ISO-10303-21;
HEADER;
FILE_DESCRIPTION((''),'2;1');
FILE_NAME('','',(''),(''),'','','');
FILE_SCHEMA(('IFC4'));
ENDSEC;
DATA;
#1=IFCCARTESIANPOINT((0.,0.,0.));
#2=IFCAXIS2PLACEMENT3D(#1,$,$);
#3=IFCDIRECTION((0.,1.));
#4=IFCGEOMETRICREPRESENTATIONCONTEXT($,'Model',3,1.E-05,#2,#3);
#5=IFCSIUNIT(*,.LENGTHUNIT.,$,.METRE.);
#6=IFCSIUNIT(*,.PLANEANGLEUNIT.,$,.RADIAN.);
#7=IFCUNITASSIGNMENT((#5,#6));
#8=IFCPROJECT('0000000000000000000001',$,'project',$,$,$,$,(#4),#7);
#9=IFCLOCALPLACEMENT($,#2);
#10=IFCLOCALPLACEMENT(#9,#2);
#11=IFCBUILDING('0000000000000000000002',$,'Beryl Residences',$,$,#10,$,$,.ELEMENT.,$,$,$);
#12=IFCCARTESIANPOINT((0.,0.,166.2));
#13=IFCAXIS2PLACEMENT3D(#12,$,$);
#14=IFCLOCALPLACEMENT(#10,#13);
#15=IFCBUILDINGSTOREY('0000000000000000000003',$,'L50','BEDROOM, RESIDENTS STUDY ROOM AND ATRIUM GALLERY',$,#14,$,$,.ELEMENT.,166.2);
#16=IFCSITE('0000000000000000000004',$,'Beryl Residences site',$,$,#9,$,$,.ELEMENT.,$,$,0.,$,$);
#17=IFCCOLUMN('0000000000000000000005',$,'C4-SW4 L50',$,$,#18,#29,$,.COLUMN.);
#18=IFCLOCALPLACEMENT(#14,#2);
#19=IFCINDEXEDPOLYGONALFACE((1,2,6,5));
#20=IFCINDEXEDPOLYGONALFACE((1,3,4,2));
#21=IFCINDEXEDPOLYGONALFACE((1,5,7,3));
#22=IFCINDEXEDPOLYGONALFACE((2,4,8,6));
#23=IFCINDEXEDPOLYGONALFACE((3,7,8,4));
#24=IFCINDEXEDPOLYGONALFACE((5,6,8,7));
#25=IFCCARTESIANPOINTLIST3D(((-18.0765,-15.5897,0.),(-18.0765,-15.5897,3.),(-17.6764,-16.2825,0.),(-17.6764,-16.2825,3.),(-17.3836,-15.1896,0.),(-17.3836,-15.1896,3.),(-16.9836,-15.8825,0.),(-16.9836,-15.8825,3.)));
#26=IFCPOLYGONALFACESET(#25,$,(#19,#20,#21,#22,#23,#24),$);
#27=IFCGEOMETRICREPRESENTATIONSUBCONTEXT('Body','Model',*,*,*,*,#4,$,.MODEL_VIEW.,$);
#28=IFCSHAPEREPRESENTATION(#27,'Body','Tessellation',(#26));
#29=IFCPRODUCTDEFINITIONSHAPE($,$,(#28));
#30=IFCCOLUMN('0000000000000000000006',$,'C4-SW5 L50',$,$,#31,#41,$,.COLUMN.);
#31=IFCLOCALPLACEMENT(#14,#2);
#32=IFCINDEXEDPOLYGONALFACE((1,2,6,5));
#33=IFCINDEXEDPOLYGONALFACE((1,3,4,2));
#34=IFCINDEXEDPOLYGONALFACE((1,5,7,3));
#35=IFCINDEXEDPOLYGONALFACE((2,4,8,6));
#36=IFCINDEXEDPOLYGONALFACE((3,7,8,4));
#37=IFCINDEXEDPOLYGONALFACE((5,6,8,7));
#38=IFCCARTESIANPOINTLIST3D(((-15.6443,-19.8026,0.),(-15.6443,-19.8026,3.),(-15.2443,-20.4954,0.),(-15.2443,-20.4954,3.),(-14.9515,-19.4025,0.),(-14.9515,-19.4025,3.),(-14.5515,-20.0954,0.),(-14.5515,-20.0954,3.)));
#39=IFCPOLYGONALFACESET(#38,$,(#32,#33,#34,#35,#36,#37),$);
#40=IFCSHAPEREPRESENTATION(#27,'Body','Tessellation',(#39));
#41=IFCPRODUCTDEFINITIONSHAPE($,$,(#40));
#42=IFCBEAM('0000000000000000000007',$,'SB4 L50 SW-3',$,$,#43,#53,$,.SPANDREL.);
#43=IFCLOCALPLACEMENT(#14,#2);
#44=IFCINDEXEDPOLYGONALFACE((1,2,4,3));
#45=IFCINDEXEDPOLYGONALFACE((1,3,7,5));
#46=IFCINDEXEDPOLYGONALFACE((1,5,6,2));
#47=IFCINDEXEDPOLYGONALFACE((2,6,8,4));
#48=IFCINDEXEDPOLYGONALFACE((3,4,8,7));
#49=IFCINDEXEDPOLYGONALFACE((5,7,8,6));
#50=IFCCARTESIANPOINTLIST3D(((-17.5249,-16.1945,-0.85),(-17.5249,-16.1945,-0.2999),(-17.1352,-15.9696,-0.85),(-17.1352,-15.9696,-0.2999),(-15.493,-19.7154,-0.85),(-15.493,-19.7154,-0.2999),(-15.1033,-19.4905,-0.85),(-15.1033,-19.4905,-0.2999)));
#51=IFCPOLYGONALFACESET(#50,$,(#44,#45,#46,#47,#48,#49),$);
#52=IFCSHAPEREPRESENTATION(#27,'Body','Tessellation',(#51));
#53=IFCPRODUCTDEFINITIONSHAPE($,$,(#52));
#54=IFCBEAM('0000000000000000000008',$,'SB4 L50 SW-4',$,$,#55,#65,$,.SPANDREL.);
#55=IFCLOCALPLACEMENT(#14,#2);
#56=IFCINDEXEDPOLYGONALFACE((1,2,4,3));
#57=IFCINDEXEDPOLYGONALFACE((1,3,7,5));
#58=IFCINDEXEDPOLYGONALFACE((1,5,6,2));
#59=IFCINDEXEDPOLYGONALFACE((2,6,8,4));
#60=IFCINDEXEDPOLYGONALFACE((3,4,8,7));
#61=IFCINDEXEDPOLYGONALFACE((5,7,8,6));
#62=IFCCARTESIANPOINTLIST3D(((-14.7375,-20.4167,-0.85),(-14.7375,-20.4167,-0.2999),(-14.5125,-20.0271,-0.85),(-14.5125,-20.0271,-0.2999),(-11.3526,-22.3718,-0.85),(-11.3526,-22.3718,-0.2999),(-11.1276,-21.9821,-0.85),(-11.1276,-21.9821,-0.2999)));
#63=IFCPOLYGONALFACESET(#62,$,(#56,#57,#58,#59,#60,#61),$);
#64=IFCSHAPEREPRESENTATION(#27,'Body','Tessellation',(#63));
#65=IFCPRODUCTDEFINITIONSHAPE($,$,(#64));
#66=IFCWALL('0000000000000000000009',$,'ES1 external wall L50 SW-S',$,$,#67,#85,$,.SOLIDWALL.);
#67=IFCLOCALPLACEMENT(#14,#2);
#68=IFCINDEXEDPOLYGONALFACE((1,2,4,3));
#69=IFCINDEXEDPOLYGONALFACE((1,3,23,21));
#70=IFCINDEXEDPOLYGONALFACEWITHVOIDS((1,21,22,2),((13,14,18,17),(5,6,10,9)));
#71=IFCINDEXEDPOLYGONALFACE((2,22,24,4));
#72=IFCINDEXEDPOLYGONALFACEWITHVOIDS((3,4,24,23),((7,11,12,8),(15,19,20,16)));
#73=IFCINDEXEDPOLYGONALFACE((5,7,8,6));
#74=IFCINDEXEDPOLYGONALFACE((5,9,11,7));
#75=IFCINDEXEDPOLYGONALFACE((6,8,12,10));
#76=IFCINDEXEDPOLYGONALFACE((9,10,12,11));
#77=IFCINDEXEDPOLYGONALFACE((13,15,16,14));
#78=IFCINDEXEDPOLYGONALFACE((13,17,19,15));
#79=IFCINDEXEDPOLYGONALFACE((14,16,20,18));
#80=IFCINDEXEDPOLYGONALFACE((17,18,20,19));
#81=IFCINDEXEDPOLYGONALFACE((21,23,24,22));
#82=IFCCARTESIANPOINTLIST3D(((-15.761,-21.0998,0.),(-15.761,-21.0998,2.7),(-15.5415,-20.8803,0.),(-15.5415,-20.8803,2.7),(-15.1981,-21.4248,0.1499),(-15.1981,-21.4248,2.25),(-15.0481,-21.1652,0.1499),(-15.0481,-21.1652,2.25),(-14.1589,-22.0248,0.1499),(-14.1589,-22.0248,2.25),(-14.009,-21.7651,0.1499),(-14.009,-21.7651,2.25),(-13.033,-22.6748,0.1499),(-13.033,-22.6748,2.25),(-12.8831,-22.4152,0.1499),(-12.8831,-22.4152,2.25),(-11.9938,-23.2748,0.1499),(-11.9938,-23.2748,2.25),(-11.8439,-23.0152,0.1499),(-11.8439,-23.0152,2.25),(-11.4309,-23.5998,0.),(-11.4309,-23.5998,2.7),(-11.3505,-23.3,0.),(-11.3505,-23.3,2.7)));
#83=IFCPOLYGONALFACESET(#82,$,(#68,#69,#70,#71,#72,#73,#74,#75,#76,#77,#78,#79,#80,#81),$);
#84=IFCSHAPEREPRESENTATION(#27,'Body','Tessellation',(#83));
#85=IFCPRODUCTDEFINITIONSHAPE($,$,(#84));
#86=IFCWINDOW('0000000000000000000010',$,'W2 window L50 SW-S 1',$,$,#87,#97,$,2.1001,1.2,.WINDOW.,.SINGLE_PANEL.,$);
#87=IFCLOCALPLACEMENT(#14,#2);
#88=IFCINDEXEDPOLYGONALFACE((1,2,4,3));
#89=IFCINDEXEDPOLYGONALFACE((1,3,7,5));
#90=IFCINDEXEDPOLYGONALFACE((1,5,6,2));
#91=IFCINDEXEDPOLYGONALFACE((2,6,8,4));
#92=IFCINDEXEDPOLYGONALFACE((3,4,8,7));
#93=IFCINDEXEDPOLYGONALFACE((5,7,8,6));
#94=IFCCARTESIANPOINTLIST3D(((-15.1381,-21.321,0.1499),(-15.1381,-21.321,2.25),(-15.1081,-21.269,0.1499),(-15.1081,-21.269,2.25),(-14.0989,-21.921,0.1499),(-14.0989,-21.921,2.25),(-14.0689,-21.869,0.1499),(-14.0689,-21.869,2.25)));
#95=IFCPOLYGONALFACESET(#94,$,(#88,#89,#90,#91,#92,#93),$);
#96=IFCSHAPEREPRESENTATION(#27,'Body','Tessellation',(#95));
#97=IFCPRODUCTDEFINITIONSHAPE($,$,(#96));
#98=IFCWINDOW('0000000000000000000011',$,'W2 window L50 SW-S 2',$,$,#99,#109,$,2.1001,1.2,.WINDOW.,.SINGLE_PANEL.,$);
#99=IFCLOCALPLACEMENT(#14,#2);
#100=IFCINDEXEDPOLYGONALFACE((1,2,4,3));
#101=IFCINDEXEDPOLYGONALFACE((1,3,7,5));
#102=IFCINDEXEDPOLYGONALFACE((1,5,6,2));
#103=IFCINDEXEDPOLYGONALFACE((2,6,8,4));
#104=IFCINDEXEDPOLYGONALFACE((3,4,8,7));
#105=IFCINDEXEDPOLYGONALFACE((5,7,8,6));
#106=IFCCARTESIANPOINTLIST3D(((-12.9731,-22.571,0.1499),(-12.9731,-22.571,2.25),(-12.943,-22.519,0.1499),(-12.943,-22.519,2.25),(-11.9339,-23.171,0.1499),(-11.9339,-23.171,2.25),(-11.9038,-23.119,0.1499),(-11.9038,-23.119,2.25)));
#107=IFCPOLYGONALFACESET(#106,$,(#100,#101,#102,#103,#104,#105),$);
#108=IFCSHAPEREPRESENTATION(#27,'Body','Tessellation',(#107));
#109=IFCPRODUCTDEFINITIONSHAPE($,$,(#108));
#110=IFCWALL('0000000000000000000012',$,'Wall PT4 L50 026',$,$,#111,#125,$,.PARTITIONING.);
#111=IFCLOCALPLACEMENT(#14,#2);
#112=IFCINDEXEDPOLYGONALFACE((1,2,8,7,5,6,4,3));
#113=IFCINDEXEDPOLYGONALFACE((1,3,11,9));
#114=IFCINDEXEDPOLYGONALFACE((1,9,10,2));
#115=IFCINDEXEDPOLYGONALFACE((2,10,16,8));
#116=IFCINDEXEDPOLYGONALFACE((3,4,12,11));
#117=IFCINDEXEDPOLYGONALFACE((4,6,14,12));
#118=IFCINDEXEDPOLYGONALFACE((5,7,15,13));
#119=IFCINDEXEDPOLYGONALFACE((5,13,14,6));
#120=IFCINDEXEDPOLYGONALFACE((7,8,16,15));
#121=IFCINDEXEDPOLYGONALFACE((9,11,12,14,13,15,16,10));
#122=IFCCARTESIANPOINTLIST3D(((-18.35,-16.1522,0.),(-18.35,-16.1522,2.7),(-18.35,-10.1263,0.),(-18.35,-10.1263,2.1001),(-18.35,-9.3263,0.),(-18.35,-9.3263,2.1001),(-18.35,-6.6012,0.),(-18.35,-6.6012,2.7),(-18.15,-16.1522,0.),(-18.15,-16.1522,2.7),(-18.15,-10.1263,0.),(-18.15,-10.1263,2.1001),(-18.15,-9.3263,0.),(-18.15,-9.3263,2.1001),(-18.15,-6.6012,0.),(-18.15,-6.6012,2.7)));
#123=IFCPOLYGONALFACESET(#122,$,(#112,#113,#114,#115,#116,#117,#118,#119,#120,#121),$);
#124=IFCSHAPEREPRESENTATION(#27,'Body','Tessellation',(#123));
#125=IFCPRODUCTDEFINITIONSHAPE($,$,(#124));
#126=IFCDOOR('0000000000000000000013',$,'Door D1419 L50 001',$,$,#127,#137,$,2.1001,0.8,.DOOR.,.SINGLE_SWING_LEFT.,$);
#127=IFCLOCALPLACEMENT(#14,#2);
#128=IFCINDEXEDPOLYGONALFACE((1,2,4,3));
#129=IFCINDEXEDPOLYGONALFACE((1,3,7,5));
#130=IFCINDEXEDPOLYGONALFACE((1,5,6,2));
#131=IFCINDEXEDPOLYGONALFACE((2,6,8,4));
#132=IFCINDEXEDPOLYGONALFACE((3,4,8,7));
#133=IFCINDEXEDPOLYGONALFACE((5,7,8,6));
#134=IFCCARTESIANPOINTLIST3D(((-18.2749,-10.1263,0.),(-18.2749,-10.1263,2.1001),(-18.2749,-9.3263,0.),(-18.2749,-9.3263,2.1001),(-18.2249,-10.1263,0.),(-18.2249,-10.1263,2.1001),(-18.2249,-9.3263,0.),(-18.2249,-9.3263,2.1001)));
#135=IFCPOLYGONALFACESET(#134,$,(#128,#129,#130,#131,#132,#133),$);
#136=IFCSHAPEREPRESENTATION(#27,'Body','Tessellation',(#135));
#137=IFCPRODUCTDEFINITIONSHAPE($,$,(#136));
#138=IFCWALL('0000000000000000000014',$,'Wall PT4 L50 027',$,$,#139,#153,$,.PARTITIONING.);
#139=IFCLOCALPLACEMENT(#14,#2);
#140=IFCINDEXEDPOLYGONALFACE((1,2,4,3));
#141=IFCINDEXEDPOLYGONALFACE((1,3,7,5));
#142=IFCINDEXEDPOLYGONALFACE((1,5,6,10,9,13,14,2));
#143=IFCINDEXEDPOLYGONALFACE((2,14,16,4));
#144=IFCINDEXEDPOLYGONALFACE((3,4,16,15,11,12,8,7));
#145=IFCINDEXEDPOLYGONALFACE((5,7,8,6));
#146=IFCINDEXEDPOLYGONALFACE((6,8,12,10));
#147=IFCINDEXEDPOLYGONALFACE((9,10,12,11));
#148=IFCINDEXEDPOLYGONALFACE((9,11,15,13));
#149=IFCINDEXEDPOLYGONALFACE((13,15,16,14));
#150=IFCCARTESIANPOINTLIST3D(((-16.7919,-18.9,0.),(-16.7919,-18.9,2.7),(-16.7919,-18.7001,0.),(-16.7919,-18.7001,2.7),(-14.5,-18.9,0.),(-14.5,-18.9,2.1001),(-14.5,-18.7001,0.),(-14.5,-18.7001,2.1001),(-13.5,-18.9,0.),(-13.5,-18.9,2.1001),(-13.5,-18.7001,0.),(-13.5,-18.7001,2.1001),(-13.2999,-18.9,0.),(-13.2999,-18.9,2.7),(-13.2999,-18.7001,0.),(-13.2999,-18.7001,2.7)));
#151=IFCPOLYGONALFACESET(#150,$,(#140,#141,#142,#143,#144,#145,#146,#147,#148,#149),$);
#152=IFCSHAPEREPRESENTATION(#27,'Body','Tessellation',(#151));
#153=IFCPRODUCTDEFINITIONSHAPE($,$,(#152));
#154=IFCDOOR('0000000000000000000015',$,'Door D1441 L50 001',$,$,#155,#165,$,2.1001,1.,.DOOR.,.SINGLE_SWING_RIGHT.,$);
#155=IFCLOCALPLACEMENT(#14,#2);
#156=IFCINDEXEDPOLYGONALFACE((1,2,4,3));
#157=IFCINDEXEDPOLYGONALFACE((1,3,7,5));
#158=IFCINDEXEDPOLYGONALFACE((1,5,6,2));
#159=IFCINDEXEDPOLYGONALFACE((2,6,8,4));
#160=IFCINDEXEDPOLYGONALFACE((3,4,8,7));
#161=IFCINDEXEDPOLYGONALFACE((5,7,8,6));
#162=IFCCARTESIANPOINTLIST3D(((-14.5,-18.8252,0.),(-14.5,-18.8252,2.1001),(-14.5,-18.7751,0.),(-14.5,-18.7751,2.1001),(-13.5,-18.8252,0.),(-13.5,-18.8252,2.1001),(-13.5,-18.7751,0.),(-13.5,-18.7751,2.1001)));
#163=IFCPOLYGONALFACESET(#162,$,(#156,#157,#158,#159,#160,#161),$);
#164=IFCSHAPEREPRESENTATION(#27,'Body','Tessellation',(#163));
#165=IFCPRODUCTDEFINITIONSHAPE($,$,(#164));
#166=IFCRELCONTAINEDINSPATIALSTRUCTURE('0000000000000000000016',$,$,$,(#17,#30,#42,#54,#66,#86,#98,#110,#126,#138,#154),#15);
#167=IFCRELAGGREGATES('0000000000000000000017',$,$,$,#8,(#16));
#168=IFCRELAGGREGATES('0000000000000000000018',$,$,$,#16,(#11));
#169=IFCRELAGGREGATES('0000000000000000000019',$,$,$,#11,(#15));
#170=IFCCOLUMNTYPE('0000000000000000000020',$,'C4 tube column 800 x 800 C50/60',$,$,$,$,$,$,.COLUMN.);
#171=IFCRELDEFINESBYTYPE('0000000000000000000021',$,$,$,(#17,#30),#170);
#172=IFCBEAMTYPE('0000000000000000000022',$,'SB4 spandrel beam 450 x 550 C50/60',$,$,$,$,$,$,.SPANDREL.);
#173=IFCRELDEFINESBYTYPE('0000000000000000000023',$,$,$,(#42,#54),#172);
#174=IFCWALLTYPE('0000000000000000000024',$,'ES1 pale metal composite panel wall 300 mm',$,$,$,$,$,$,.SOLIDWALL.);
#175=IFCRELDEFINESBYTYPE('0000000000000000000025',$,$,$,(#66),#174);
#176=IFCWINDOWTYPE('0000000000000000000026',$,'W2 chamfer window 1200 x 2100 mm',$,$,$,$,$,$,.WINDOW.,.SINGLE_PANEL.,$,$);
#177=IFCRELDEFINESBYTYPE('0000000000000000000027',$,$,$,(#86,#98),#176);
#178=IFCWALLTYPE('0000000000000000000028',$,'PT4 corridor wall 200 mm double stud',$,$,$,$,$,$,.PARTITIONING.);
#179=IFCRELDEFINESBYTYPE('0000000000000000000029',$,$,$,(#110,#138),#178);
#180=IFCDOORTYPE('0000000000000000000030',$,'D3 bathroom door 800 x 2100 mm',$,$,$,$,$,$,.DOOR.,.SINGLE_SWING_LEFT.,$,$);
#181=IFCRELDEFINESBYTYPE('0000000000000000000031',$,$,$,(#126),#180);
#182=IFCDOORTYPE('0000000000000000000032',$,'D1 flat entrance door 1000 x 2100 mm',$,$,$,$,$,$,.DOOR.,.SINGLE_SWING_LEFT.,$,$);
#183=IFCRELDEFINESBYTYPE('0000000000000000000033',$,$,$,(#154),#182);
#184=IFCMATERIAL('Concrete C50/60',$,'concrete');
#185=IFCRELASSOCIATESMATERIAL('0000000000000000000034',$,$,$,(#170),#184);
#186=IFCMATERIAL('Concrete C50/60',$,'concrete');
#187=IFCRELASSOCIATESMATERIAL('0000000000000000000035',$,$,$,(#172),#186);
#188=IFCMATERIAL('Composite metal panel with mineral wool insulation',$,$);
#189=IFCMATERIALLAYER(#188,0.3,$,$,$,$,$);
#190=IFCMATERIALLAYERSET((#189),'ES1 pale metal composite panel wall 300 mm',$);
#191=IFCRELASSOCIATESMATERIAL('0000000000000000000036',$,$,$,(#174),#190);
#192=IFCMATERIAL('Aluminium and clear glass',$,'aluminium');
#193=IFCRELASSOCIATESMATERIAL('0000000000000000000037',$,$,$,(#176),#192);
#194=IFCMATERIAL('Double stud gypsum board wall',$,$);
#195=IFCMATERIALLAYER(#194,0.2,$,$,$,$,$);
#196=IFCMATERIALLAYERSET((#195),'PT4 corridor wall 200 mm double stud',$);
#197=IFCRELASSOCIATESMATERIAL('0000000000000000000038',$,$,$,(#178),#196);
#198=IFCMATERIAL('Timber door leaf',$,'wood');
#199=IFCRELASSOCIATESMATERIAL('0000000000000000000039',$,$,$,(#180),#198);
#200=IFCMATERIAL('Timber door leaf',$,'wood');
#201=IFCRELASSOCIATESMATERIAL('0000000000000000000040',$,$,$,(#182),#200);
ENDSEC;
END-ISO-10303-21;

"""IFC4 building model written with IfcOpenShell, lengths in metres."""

from ifc_helpers import new_model, si_unit, direction, frame, frame_2d, origin, origin_2d, place, context, subcontext, project, spatial, polyline, rectangle, outline, extrude, material, layer, layer_set, material_profile, profile_set, type_object, element, fill, save


model = new_model("IFC4")

# Units and contexts
model_context = context("Model", 3, precision=1e-05, world=origin(), true_north=direction((0.0, 1.0)))
body_context = subcontext(model_context, "Body", "Model", "MODEL_VIEW")
ifc_project = project(units=[si_unit("LENGTHUNIT", "METRE"), si_unit("PLANEANGLEUNIT", "RADIAN")], contexts=[model_context])

# Site, building, storey
site_placement = place(None, origin())
site = spatial("IfcSite", under=ifc_project, at=site_placement, Name="Beryl Residences site", CompositionType="ELEMENT", RefElevation=0.0)
building_placement = place(site_placement, origin())
building = spatial("IfcBuilding", under=site, at=building_placement, Name="Beryl Residences", CompositionType="ELEMENT")
storey_placement = place(building_placement, frame((0.0, 0.0, 166.2)))
storey = spatial("IfcBuildingStorey", under=building, at=storey_placement, Name="L50", Description="BEDROOM, RESIDENTS STUDY ROOM AND ATRIUM GALLERY", CompositionType="ELEMENT", Elevation=166.2)

# Columns
ifc_material_1 = material(Name="Concrete C50/60", Category="concrete")
ifc_material_profile_1 = material_profile(ifc_material_1, rectangle(XDim=0.8, YDim=0.8, at=origin_2d()))
ifc_profile_set_1 = profile_set([ifc_material_profile_1], Name="Concrete C50/60")
column_type = type_object("IfcColumnType", Name="C4 tube column 800 x 800 C50/60", PredefinedType="COLUMN", material=ifc_profile_set_1)
for number, where, z_axis, x_axis, name in (
    (1, (-17.53, -15.7361, 0.0), (0.0, 0.0, 1.0), (0.5, -0.866025, 0.0), "C4-SW4 L50"),
    (2, (-15.0979, -19.949, 0.0), (0.0, 0.0, 1.0), (0.5, -0.866025, 0.0), "C4-SW5 L50"),
):
    element("IfcColumn", number, at=place(storey_placement, frame(where, z_axis=z_axis, x_axis=x_axis)), inside=storey, type_object=column_type, Name=name, PredefinedType="COLUMN", context=body_context, shape_type="SweptSolid", body=[
        extrude(rectangle(XDim=0.8, YDim=0.8, at=origin_2d()), origin(), (0.0, 0.0, 1.0), 3.0),
    ])

# Beams
ifc_material_2 = material(Name="Concrete C50/60", Category="concrete")
ifc_material_profile_2 = material_profile(ifc_material_2, rectangle(XDim=0.45, YDim=0.55, at=origin_2d()))
ifc_profile_set_2 = profile_set([ifc_material_profile_2], Name="Concrete C50/60")
beam_type = type_object("IfcBeamType", Name="SB4 spandrel beam 450 x 550 C50/60", PredefinedType="SPANDREL", material=ifc_profile_set_2)
beam_1_placement = place(storey_placement, frame((-17.3301, -16.082, -0.575), z_axis=(0.49984, -0.866118, 0.0), x_axis=(0.866118, 0.49984, 0.0)))
element("IfcBeam", 3, at=beam_1_placement, inside=storey, type_object=beam_type, Name="SB4 L50 SW-3", PredefinedType="SPANDREL", context=body_context, shape_type="SweptSolid", body=[
    extrude(rectangle(XDim=0.45, YDim=0.55, at=origin_2d()), origin(), (0.0, 0.0, 1.0), 4.0652),
])
beam_2_placement = place(storey_placement, frame((-14.625, -20.2219, -0.575), z_axis=(0.865943, -0.500142, 0.0), x_axis=(0.500142, 0.865943, 0.0)))
element("IfcBeam", 4, at=beam_2_placement, inside=storey, type_object=beam_type, Name="SB4 L50 SW-4", PredefinedType="SPANDREL", context=body_context, shape_type="SweptSolid", body=[
    extrude(rectangle(XDim=0.45, YDim=0.55, at=origin_2d()), origin(), (0.0, 0.0, 1.0), 3.9089),
])

# Wall, openings, windows
ifc_material_3 = material(Name="Composite metal panel with mineral wool insulation")
ifc_layer_1 = layer(ifc_material_3, 0.3)
ifc_layer_set_1 = layer_set([ifc_layer_1], Name="ES1 pale metal composite panel wall 300 mm")
wall_type_1 = type_object("IfcWallType", Name="ES1 pale metal composite panel wall 300 mm", PredefinedType="SOLIDWALL", material=ifc_layer_set_1)
wall_1_placement = place(storey_placement, frame((-15.686, -20.97, 0.0), z_axis=(0.0, 0.0, 1.0), x_axis=(0.866023, -0.500004, 0.0)))
wall_1 = element("IfcWall", 5, at=wall_1_placement, inside=storey, type_object=wall_type_1, Name="ES1 external wall L50 SW-S", PredefinedType="SOLIDWALL", context=body_context, shape_type="SweptSolid", body=[
    extrude(outline(polyline([(0.0, -0.1499), (5.0, -0.1499), (4.9197, 0.1499), (0.0803, 0.1499), (0.0, -0.1499)])), origin(), (0.0, 0.0, 1.0), 2.7),
])
opening_1_placement = place(wall_1_placement, frame((0.6499, 0.0, 0.1499)))
opening_1 = element("IfcOpeningElement", 6, at=opening_1_placement, cuts=wall_1, PredefinedType="OPENING", context=body_context, shape_type="SweptSolid", body=[
    extrude(rectangle(XDim=1.2, YDim=2.1001, at=frame_2d((0.6001, 1.05))), frame((0.0, 0.1599, 0.0), z_axis=(0.0, -1.0, 0.0), x_axis=(1.0, 0.0, 0.0)), (0.0, 0.0, 1.0), 0.3201),
])
opening_2_placement = place(wall_1_placement, frame((3.1499, 0.0, 0.1499)))
opening_2 = element("IfcOpeningElement", 7, at=opening_2_placement, cuts=wall_1, PredefinedType="OPENING", context=body_context, shape_type="SweptSolid", body=[
    extrude(rectangle(XDim=1.2, YDim=2.1001, at=frame_2d((0.6001, 1.05))), frame((0.0, 0.1599, 0.0), z_axis=(0.0, -1.0, 0.0), x_axis=(1.0, 0.0, 0.0)), (0.0, 0.0, 1.0), 0.3201),
])
ifc_material_4 = material(Name="Aluminium and clear glass", Category="aluminium")
window_type = type_object("IfcWindowType", Name="W2 chamfer window 1200 x 2100 mm", PartitioningType="SINGLE_PANEL", PredefinedType="WINDOW", material=ifc_material_4)
window_1_placement = place(opening_1_placement, origin())
window_1 = element("IfcWindow", 8, at=window_1_placement, inside=storey, type_object=window_type, Name="W2 window L50 SW-S 1", OverallHeight=2.1001, OverallWidth=1.2, PartitioningType="SINGLE_PANEL", PredefinedType="WINDOW", context=body_context, shape_type="SweptSolid", body=[
    extrude(rectangle(XDim=1.2, YDim=2.1001, at=frame_2d((0.6001, 1.05))), frame((0.0, 0.03, 0.0), z_axis=(0.0, -1.0, 0.0), x_axis=(1.0, 0.0, 0.0)), (0.0, 0.0, 1.0), 0.0601),
])
fill(opening_1, window_1)
window_2_placement = place(opening_2_placement, origin())
window_2 = element("IfcWindow", 9, at=window_2_placement, inside=storey, type_object=window_type, Name="W2 window L50 SW-S 2", OverallHeight=2.1001, OverallWidth=1.2, PartitioningType="SINGLE_PANEL", PredefinedType="WINDOW", context=body_context, shape_type="SweptSolid", body=[
    extrude(rectangle(XDim=1.2, YDim=2.1001, at=frame_2d((0.6001, 1.05))), frame((0.0, 0.03, 0.0), z_axis=(0.0, -1.0, 0.0), x_axis=(1.0, 0.0, 0.0)), (0.0, 0.0, 1.0), 0.0601),
])
fill(opening_2, window_2)

# Walls, openings, doors
ifc_material_5 = material(Name="Double stud gypsum board wall")
ifc_layer_2 = layer(ifc_material_5, 0.2)
ifc_layer_set_2 = layer_set([ifc_layer_2], Name="PT4 corridor wall 200 mm double stud")
wall_type_2 = type_object("IfcWallType", Name="PT4 corridor wall 200 mm double stud", PredefinedType="PARTITIONING", material=ifc_layer_set_2)
wall_2_placement = place(storey_placement, frame((-18.25, -16.1521, 0.0), z_axis=(0.0, 0.0, 1.0), x_axis=(0.0, 1.0, 0.0)))
wall_2 = element("IfcWall", 10, at=wall_2_placement, inside=storey, type_object=wall_type_2, Name="Wall PT4 L50 026", PredefinedType="PARTITIONING", context=body_context, shape_type="SweptSolid", body=[
    extrude(rectangle(XDim=9.551, YDim=0.2, at=frame_2d((4.7754, 0.0))), origin(), (0.0, 0.0, 1.0), 2.7),
])
opening_3_placement = place(wall_2_placement, frame((6.0259, 0.0, 0.0)))
opening_3 = element("IfcOpeningElement", 11, at=opening_3_placement, cuts=wall_2, PredefinedType="OPENING", context=body_context, shape_type="SweptSolid", body=[
    extrude(rectangle(XDim=0.8, YDim=2.1001, at=frame_2d((0.3999, 1.05))), frame((0.0, 0.1099, 0.0), z_axis=(0.0, -1.0, 0.0), x_axis=(1.0, 0.0, 0.0)), (0.0, 0.0, 1.0), 0.22),
])
ifc_material_6 = material(Name="Timber door leaf", Category="wood")
door_type_1 = type_object("IfcDoorType", Name="D3 bathroom door 800 x 2100 mm", OperationType="SINGLE_SWING_LEFT", PredefinedType="DOOR", material=ifc_material_6)
door_1_placement = place(opening_3_placement, origin())
door_1 = element("IfcDoor", 12, at=door_1_placement, inside=storey, type_object=door_type_1, Name="Door D1419 L50 001", OperationType="SINGLE_SWING_LEFT", OverallHeight=2.1001, OverallWidth=0.8, PredefinedType="DOOR", context=body_context, shape_type="SweptSolid", body=[
    extrude(rectangle(XDim=0.8, YDim=2.1001, at=frame_2d((0.3999, 1.05))), frame((0.0, 0.0249, 0.0), z_axis=(0.0, -1.0, 0.0), x_axis=(1.0, 0.0, 0.0)), (0.0, 0.0, 1.0), 0.05),
])
fill(opening_3, door_1)
wall_3_placement = place(storey_placement, frame((-16.792, -18.8, 0.0), z_axis=(0.0, 0.0, 1.0), x_axis=(1.0, 0.0, 0.0)))
wall_3 = element("IfcWall", 13, at=wall_3_placement, inside=storey, type_object=wall_type_2, Name="Wall PT4 L50 027", PredefinedType="PARTITIONING", context=body_context, shape_type="SweptSolid", body=[
    extrude(rectangle(XDim=3.4919, YDim=0.2, at=frame_2d((1.7461, 0.0))), origin(), (0.0, 0.0, 1.0), 2.7),
])
opening_4_placement = place(wall_3_placement, frame((2.292, 0.0, 0.0)))
opening_4 = element("IfcOpeningElement", 14, at=opening_4_placement, cuts=wall_3, PredefinedType="OPENING", context=body_context, shape_type="SweptSolid", body=[
    extrude(rectangle(XDim=1.0, YDim=2.1001, at=frame_2d((0.5, 1.05))), frame((0.0, 0.1099, 0.0), z_axis=(0.0, -1.0, 0.0), x_axis=(1.0, 0.0, 0.0)), (0.0, 0.0, 1.0), 0.22),
])
ifc_material_7 = material(Name="Timber door leaf", Category="wood")
door_type_2 = type_object("IfcDoorType", Name="D1 flat entrance door 1000 x 2100 mm", OperationType="SINGLE_SWING_LEFT", PredefinedType="DOOR", material=ifc_material_7)
door_2_placement = place(opening_4_placement, origin())
door_2 = element("IfcDoor", 15, at=door_2_placement, inside=storey, type_object=door_type_2, Name="Door D1441 L50 001", OperationType="SINGLE_SWING_RIGHT", OverallHeight=2.1001, OverallWidth=1.0, PredefinedType="DOOR", context=body_context, shape_type="SweptSolid", body=[
    extrude(rectangle(XDim=1.0, YDim=2.1001, at=frame_2d((0.5, 1.05))), frame((0.0, 0.0249, 0.0), z_axis=(0.0, -1.0, 0.0), x_axis=(1.0, 0.0, 0.0)), (0.0, 0.0, 1.0), 0.05),
])
fill(opening_4, door_2)

save(model, "model.ifc")
